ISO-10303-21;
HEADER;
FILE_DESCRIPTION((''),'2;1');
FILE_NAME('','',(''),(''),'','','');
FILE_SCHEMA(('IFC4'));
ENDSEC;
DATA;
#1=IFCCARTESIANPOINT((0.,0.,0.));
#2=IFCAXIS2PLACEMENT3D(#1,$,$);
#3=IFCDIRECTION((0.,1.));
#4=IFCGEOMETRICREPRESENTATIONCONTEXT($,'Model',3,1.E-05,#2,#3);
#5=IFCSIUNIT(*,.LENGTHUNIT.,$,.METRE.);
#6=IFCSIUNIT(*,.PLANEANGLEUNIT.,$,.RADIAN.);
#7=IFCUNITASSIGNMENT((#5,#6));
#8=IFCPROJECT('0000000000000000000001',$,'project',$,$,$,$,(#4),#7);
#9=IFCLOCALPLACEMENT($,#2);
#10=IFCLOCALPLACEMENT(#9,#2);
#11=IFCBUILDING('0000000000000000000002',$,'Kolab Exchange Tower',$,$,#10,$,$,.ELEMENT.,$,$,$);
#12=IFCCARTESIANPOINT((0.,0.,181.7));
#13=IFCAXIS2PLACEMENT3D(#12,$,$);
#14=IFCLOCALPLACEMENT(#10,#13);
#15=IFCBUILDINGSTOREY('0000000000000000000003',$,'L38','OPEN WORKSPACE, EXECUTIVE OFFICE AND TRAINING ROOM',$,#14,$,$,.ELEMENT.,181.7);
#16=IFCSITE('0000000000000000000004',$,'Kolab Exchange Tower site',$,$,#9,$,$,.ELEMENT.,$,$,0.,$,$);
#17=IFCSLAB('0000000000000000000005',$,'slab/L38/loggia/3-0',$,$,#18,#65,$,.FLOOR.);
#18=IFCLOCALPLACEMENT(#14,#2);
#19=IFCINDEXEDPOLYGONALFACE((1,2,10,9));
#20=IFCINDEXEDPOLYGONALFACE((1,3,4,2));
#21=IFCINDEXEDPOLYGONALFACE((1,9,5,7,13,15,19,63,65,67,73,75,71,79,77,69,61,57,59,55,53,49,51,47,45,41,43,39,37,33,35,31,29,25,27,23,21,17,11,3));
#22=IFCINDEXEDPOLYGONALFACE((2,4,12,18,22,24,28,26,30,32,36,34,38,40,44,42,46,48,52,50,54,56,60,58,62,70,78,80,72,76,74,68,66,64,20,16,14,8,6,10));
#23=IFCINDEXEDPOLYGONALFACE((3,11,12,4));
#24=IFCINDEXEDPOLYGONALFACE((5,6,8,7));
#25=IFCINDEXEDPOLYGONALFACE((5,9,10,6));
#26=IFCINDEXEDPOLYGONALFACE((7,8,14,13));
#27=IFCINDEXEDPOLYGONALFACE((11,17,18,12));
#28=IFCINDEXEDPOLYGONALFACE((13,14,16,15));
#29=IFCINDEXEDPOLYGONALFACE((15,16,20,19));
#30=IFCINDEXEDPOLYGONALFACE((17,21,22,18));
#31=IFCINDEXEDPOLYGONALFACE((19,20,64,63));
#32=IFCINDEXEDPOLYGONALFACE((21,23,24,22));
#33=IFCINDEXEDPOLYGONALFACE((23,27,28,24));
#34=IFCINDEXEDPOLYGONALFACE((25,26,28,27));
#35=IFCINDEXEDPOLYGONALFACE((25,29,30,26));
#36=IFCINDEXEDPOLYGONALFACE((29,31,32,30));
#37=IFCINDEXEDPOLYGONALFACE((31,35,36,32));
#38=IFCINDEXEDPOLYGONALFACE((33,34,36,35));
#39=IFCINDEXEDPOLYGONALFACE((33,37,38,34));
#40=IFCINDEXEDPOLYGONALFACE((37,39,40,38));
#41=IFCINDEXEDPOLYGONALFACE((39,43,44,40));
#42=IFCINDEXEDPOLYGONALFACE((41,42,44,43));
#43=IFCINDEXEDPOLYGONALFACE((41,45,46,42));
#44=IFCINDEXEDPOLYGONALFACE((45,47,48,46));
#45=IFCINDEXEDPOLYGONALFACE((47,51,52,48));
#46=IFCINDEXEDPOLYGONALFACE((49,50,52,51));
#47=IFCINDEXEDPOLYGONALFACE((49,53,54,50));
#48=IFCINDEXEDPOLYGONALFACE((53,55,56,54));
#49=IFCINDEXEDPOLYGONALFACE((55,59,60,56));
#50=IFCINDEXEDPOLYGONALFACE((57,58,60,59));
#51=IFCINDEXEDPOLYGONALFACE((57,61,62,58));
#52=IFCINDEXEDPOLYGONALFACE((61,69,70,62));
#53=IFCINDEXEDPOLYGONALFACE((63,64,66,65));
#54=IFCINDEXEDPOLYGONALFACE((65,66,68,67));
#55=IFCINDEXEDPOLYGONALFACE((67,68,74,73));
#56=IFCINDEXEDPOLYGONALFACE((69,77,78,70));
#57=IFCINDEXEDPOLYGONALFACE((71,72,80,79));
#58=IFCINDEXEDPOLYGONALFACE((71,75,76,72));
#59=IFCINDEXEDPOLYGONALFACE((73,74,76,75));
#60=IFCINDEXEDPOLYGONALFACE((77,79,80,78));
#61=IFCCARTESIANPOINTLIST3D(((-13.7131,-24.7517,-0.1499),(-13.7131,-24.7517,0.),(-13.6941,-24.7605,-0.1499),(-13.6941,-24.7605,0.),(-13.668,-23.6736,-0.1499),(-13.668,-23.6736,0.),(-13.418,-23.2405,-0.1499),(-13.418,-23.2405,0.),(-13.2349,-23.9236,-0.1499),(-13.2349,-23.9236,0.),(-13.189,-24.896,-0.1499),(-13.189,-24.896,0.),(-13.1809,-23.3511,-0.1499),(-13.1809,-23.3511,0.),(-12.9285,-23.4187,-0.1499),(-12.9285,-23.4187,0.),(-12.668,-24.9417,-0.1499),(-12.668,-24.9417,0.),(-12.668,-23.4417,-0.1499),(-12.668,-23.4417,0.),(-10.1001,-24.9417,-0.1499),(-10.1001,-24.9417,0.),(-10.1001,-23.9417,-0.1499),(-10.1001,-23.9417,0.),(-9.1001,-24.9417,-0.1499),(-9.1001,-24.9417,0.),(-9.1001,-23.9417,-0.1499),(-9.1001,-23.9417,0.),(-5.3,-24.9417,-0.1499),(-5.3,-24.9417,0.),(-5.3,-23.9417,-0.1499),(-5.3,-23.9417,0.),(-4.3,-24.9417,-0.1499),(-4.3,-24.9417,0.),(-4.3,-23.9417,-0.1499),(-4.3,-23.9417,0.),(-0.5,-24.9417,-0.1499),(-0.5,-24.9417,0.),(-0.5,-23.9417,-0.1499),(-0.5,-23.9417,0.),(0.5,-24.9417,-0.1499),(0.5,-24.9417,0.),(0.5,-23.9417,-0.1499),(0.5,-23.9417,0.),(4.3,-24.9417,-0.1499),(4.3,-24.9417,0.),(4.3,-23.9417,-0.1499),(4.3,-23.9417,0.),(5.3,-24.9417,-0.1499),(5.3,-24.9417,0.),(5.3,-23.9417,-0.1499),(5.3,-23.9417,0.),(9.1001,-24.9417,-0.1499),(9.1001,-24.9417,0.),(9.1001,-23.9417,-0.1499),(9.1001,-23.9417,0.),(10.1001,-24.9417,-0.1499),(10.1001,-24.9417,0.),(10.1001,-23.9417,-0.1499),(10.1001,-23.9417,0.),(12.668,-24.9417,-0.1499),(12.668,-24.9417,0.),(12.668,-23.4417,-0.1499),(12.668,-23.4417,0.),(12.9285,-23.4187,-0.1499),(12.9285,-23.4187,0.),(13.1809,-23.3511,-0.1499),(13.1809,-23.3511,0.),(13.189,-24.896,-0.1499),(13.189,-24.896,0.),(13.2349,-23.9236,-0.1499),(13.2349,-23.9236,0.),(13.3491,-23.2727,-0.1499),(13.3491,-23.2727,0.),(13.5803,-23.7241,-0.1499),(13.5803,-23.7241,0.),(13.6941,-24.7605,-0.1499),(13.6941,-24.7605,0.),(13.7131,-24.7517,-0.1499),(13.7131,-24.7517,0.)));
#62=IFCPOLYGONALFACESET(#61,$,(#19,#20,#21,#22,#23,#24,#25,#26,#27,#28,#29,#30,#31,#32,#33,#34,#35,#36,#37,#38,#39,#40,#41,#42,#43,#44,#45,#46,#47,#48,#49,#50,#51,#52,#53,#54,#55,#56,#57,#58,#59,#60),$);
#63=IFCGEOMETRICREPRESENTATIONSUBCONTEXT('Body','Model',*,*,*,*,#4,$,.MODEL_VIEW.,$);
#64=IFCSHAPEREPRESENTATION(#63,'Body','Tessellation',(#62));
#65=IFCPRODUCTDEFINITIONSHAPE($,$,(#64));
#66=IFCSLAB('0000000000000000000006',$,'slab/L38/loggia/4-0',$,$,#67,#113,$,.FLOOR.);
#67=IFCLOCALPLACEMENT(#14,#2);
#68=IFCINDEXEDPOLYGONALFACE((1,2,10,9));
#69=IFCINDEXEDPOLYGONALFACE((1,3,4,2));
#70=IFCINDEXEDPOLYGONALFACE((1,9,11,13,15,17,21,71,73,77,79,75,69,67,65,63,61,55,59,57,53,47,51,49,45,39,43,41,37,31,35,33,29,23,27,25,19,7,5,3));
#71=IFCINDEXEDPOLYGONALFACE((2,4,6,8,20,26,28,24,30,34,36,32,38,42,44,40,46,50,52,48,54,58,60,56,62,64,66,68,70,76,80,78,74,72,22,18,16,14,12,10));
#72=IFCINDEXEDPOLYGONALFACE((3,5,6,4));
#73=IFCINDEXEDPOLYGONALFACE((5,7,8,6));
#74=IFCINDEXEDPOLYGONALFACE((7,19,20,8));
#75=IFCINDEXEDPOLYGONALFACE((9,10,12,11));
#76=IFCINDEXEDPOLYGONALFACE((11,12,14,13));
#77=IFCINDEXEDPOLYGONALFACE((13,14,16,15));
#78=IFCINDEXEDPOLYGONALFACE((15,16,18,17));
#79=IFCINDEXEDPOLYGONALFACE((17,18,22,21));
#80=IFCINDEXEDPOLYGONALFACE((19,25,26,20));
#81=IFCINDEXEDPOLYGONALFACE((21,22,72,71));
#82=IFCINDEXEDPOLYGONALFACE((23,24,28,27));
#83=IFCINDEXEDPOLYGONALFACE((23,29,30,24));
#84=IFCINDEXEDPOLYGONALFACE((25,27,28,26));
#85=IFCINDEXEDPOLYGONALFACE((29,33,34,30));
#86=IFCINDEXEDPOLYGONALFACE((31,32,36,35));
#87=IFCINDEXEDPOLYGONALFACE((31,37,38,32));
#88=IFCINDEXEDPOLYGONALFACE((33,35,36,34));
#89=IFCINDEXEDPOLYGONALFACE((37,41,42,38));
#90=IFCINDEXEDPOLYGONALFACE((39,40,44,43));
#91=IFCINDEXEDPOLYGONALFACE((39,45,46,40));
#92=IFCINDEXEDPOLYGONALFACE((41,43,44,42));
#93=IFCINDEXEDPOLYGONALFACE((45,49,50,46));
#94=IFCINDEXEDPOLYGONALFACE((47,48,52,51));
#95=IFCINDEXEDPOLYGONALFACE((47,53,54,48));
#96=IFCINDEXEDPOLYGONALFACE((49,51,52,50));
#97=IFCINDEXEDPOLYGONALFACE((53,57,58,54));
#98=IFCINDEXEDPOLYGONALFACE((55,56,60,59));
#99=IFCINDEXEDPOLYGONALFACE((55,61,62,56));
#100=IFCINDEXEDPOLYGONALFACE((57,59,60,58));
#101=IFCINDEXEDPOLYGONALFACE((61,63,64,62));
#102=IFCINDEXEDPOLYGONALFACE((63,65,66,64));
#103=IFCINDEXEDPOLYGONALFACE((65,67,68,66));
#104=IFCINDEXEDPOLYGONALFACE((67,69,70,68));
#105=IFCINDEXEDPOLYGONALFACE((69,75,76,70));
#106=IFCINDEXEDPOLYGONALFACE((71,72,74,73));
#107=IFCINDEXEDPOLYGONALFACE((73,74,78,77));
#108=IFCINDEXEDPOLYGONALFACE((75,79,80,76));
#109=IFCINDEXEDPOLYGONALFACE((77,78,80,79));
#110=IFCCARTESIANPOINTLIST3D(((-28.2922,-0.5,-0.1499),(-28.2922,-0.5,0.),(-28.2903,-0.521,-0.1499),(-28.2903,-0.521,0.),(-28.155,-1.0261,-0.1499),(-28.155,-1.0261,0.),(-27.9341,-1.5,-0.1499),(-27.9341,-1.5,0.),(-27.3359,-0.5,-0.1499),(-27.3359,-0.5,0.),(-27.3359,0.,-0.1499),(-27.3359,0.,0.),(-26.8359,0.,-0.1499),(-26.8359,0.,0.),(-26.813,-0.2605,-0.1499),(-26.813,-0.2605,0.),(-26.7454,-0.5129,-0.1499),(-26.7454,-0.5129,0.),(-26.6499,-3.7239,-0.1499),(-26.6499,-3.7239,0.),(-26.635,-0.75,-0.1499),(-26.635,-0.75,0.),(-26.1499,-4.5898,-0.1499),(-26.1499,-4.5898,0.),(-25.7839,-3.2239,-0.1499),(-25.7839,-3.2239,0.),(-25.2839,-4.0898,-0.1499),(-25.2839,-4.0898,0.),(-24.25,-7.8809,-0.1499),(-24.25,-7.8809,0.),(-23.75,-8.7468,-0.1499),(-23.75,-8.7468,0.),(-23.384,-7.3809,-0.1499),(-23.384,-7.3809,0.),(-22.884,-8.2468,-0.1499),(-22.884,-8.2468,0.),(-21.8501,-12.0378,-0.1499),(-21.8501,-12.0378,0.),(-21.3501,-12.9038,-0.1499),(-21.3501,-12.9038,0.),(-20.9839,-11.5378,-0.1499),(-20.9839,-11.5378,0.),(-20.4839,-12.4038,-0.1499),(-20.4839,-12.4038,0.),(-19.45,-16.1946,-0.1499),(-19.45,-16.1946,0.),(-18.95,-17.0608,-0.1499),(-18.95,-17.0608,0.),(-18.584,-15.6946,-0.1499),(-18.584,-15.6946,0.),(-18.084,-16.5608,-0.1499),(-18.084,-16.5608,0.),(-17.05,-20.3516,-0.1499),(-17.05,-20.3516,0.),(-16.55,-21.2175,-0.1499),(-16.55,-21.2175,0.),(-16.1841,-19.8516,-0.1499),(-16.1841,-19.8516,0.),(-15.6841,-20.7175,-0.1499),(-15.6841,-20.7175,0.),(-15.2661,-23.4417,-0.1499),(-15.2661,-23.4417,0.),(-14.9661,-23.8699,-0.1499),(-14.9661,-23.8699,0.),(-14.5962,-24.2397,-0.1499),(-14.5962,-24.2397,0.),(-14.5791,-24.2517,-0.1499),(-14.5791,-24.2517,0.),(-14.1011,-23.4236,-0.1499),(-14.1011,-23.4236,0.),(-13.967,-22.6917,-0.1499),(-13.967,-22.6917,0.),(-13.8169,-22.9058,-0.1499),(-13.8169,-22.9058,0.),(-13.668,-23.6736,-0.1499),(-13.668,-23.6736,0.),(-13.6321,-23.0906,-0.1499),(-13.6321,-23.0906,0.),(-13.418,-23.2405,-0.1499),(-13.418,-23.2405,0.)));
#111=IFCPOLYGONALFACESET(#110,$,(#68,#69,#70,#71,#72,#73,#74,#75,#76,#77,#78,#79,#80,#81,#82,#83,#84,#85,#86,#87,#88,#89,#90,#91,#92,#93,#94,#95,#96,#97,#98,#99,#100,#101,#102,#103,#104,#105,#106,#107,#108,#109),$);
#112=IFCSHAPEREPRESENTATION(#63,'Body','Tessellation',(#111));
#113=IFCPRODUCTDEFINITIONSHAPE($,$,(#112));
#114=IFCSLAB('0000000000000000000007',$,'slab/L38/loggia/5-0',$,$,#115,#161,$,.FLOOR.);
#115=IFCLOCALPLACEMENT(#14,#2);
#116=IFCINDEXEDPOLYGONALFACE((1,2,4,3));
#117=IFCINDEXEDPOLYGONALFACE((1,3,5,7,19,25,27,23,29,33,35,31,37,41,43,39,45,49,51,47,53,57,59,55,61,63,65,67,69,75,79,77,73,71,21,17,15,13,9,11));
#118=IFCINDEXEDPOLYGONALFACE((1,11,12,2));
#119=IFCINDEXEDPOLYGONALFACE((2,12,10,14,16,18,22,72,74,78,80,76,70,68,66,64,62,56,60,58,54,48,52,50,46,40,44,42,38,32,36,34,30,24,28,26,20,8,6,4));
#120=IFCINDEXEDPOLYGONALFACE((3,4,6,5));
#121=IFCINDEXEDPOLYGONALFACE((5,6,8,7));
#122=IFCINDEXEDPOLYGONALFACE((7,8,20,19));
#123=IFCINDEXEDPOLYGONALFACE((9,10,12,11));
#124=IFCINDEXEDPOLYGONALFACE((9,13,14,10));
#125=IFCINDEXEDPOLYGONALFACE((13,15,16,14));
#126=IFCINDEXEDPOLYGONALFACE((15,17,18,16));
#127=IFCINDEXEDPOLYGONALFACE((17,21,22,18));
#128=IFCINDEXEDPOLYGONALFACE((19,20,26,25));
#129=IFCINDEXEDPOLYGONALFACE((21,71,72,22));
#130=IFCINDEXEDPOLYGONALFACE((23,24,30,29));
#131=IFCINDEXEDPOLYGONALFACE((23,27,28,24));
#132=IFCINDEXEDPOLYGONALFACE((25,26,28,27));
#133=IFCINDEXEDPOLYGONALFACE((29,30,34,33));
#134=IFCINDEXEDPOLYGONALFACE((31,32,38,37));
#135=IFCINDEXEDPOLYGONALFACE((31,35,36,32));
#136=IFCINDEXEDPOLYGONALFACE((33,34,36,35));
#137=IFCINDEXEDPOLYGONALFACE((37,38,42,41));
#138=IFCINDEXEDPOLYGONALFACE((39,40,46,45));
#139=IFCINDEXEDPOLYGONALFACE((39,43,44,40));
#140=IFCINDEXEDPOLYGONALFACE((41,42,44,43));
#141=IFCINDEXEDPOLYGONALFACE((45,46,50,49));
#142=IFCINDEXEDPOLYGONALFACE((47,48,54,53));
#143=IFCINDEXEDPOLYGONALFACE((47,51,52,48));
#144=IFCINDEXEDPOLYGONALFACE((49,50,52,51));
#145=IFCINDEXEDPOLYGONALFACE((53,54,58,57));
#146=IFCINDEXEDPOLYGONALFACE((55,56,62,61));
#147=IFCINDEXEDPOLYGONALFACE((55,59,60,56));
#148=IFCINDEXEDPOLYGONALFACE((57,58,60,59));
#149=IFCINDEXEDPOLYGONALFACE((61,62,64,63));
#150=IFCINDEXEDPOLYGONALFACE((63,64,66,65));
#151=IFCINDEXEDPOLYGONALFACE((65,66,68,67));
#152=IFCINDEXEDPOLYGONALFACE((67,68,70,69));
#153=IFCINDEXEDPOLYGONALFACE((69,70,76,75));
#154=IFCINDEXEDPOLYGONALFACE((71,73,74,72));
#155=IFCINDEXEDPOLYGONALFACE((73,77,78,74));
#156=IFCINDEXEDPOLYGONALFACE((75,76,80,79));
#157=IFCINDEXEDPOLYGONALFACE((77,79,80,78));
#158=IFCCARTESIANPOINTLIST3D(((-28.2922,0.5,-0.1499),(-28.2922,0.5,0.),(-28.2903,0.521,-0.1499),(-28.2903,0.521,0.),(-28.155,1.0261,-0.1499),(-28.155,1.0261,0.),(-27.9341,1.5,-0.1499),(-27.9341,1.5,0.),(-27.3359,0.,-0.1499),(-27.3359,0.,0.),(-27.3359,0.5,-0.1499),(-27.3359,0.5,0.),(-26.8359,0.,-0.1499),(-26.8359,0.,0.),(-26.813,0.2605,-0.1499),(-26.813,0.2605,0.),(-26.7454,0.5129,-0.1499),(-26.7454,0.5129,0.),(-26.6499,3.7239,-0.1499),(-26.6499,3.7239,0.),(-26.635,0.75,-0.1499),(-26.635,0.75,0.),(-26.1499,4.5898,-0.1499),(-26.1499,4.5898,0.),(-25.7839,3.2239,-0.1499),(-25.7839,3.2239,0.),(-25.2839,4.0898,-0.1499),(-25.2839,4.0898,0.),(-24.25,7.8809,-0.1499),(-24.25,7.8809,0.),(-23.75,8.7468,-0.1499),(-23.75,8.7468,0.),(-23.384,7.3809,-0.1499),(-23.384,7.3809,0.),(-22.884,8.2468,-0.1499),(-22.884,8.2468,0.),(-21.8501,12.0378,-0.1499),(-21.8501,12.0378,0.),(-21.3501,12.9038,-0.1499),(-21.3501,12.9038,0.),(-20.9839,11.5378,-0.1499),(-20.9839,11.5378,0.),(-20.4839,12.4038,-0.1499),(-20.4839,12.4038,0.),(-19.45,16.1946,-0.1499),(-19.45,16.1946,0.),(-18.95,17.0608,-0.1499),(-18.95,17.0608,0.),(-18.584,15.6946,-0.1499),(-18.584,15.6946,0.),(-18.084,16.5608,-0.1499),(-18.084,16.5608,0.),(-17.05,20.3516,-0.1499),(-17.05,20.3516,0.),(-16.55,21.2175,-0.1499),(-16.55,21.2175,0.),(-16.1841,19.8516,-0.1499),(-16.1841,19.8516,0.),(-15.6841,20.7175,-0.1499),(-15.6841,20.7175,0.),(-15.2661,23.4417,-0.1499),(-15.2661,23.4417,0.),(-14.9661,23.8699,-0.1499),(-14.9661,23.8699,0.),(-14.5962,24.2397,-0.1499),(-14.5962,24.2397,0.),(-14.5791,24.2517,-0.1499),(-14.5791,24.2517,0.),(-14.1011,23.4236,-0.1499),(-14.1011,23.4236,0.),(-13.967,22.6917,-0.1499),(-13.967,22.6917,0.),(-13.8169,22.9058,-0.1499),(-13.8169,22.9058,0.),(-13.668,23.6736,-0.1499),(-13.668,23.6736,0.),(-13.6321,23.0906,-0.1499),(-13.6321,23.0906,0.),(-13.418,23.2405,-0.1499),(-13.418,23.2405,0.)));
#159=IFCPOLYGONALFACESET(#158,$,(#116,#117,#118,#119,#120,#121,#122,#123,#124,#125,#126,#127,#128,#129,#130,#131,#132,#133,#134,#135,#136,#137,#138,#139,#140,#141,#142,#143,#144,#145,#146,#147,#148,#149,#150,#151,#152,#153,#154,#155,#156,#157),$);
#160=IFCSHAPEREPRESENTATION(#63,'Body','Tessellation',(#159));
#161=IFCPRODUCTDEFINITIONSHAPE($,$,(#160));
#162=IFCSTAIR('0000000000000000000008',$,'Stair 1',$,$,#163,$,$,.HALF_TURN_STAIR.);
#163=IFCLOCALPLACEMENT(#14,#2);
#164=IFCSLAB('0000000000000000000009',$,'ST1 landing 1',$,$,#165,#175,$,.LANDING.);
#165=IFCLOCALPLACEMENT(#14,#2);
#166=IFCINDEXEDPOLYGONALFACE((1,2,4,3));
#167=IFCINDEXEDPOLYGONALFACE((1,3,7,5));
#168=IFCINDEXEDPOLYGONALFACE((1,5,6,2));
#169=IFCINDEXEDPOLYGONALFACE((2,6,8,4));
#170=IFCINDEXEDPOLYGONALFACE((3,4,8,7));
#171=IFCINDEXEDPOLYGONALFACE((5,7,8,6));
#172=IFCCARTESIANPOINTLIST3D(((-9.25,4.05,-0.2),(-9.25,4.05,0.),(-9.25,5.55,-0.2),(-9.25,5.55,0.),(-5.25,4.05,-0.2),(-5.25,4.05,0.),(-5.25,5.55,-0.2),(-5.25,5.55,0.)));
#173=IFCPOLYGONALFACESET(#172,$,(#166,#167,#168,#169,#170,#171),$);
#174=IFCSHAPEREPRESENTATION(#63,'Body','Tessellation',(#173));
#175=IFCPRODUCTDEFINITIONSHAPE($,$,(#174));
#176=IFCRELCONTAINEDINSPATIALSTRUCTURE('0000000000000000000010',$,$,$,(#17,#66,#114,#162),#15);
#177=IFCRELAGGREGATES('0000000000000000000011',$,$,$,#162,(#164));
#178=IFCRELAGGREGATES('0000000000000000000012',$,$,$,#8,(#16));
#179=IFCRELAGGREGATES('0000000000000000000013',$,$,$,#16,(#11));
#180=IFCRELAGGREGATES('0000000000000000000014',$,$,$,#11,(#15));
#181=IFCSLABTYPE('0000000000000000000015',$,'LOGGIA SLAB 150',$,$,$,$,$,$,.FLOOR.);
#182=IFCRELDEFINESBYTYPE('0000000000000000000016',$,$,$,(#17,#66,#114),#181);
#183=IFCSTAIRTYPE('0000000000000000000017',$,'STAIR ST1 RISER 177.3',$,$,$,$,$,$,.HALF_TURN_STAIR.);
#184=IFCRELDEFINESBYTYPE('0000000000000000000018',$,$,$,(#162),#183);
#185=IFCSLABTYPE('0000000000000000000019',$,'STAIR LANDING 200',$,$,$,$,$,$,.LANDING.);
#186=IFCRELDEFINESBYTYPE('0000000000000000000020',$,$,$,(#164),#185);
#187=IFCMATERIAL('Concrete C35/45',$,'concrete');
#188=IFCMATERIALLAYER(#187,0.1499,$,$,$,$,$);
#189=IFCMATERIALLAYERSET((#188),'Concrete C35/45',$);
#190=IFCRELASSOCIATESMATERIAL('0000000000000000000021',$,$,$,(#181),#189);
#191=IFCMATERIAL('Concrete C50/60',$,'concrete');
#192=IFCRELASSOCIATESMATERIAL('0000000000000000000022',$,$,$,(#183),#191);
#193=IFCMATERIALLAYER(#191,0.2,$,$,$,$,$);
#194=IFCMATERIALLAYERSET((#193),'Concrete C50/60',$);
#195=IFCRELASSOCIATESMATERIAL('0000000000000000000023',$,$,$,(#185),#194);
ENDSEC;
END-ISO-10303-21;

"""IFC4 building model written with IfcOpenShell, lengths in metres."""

from ifc_helpers import new_model, si_unit, direction, frame, origin, place, context, subcontext, project, spatial, polyline, outline, extrude, material, layer, layer_set, type_object, element, aggregate, save


model = new_model("IFC4")

# Units and contexts
model_context = context("Model", 3, precision=1e-05, world=origin(), true_north=direction((0.0, 1.0)))
body_context = subcontext(model_context, "Body", "Model", "MODEL_VIEW")
ifc_project = project(units=[si_unit("LENGTHUNIT", "METRE"), si_unit("PLANEANGLEUNIT", "RADIAN")], contexts=[model_context])

# Site, building, storey
site_placement = place(None, origin())
site = spatial("IfcSite", under=ifc_project, at=site_placement, Name="Kolab Exchange Tower site", CompositionType="ELEMENT", RefElevation=0.0)
building_placement = place(site_placement, origin())
building = spatial("IfcBuilding", under=site, at=building_placement, Name="Kolab Exchange Tower", CompositionType="ELEMENT")
storey_placement = place(building_placement, frame((0.0, 0.0, 181.7)))
storey = spatial("IfcBuildingStorey", under=building, at=storey_placement, Name="L38", Description="OPEN WORKSPACE, EXECUTIVE OFFICE AND TRAINING ROOM", CompositionType="ELEMENT", Elevation=181.7)

# Slabs
ifc_material_1 = material(Name="Concrete C35/45", Category="concrete")
ifc_layer_1 = layer(ifc_material_1, 0.1499)
ifc_layer_set_1 = layer_set([ifc_layer_1], Name="Concrete C35/45")
slab_type_1 = type_object("IfcSlabType", Name="LOGGIA SLAB 150", PredefinedType="FLOOR", material=ifc_layer_set_1)
slab_1_placement = place(storey_placement, frame((0.0, 0.0, -0.1499)))
element("IfcSlab", 1, at=slab_1_placement, inside=storey, type_object=slab_type_1, Name="slab/L38/loggia/3-0", PredefinedType="FLOOR", context=body_context, shape_type="SweptSolid", body=[
    extrude(outline(polyline([(-13.1809, -23.3511), (-13.418, -23.2405), (-13.668, -23.6736), (-13.2349, -23.9236), (-13.7131, -24.7517), (-13.6941, -24.7605), (-13.189, -24.896), (-12.668, -24.9417), (-10.1001, -24.9417), (-10.1001, -23.9417), (-9.1001, -23.9417), (-9.1001, -24.9417), (-5.3, -24.9417), (-5.3, -23.9417), (-4.3, -23.9417), (-4.3, -24.9417), (-0.5, -24.9417), (-0.5, -23.9417), (0.5, -23.9417), (0.5, -24.9417), (4.3, -24.9417), (4.3, -23.9417), (5.3, -23.9417), (5.3, -24.9417), (9.1001, -24.9417), (9.1001, -23.9417), (10.1001, -23.9417), (10.1001, -24.9417), (12.668, -24.9417), (13.189, -24.896), (13.6941, -24.7605), (13.7131, -24.7517), (13.2349, -23.9236), (13.5803, -23.7241), (13.3491, -23.2727), (13.1809, -23.3511), (12.9285, -23.4187), (12.668, -23.4417), (-12.668, -23.4417), (-12.9285, -23.4187), (-13.1809, -23.3511)])), origin(), (0.0, 0.0, 1.0), 0.1499),
])
slab_2_placement = place(storey_placement, frame((0.0, 0.0, -0.1499)))
element("IfcSlab", 2, at=slab_2_placement, inside=storey, type_object=slab_type_1, Name="slab/L38/loggia/4-0", PredefinedType="FLOOR", context=body_context, shape_type="SweptSolid", body=[
    extrude(outline(polyline([(-26.813, -0.2605), (-26.8359, 0.0), (-27.3359, 0.0), (-27.3359, -0.5), (-28.2922, -0.5), (-28.2903, -0.521), (-28.155, -1.0261), (-27.9341, -1.5), (-26.6499, -3.7239), (-25.7839, -3.2239), (-25.2839, -4.0898), (-26.1499, -4.5898), (-24.25, -7.8809), (-23.384, -7.3809), (-22.884, -8.2468), (-23.75, -8.7468), (-21.8501, -12.0378), (-20.9839, -11.5378), (-20.4839, -12.4038), (-21.3501, -12.9038), (-19.45, -16.1946), (-18.584, -15.6946), (-18.084, -16.5608), (-18.95, -17.0608), (-17.05, -20.3516), (-16.1841, -19.8516), (-15.6841, -20.7175), (-16.55, -21.2175), (-15.2661, -23.4417), (-14.9661, -23.8699), (-14.5962, -24.2397), (-14.5791, -24.2517), (-14.1011, -23.4236), (-13.668, -23.6736), (-13.418, -23.2405), (-13.6321, -23.0906), (-13.8169, -22.9058), (-13.967, -22.6917), (-26.635, -0.75), (-26.7454, -0.5129), (-26.813, -0.2605)])), origin(), (0.0, 0.0, 1.0), 0.1499),
])
slab_3_placement = place(storey_placement, frame((0.0, 0.0, -0.1499)))
element("IfcSlab", 3, at=slab_3_placement, inside=storey, type_object=slab_type_1, Name="slab/L38/loggia/5-0", PredefinedType="FLOOR", context=body_context, shape_type="SweptSolid", body=[
    extrude(outline(polyline([(-13.6321, 23.0906), (-13.418, 23.2405), (-13.668, 23.6736), (-14.1011, 23.4236), (-14.5791, 24.2517), (-14.5962, 24.2397), (-14.9661, 23.8699), (-15.2661, 23.4417), (-16.55, 21.2175), (-15.6841, 20.7175), (-16.1841, 19.8516), (-17.05, 20.3516), (-18.95, 17.0608), (-18.084, 16.5608), (-18.584, 15.6946), (-19.45, 16.1946), (-21.3501, 12.9038), (-20.4839, 12.4038), (-20.9839, 11.5378), (-21.8501, 12.0378), (-23.75, 8.7468), (-22.884, 8.2468), (-23.384, 7.3809), (-24.25, 7.8809), (-26.1499, 4.5898), (-25.2839, 4.0898), (-25.7839, 3.2239), (-26.6499, 3.7239), (-27.9341, 1.5), (-28.155, 1.0261), (-28.2903, 0.521), (-28.2922, 0.5), (-27.3359, 0.5), (-27.3359, 0.0), (-26.8359, 0.0), (-26.813, 0.2605), (-26.7454, 0.5129), (-26.635, 0.75), (-13.967, 22.6917), (-13.8169, 22.9058), (-13.6321, 23.0906)])), origin(), (0.0, 0.0, 1.0), 0.1499),
])

# Stair, slab
ifc_material_2 = material(Name="Concrete C50/60", Category="concrete")
stair_type = type_object("IfcStairType", Name="STAIR ST1 RISER 177.3", PredefinedType="HALF_TURN_STAIR", material=ifc_material_2)
stair_placement = place(storey_placement, origin())
stair = element("IfcStair", 4, at=stair_placement, inside=storey, type_object=stair_type, Name="Stair 1", PredefinedType="HALF_TURN_STAIR")
ifc_layer_2 = layer(ifc_material_2, 0.2)
ifc_layer_set_2 = layer_set([ifc_layer_2], Name="Concrete C50/60")
slab_type_2 = type_object("IfcSlabType", Name="STAIR LANDING 200", PredefinedType="LANDING", material=ifc_layer_set_2)
slab_4_placement = place(storey_placement, frame((0.0, 0.0, -0.2)))
slab_4 = element("IfcSlab", 5, at=slab_4_placement, type_object=slab_type_2, Name="ST1 landing 1", PredefinedType="LANDING", context=body_context, shape_type="SweptSolid", body=[
    extrude(outline(polyline([(-9.25, 4.05), (-5.25, 4.05), (-5.25, 5.55), (-9.25, 5.55), (-9.25, 4.05)])), origin(), (0.0, 0.0, 1.0), 0.2),
])

aggregate(stair, [slab_4])

save(model, "model.ifc")
